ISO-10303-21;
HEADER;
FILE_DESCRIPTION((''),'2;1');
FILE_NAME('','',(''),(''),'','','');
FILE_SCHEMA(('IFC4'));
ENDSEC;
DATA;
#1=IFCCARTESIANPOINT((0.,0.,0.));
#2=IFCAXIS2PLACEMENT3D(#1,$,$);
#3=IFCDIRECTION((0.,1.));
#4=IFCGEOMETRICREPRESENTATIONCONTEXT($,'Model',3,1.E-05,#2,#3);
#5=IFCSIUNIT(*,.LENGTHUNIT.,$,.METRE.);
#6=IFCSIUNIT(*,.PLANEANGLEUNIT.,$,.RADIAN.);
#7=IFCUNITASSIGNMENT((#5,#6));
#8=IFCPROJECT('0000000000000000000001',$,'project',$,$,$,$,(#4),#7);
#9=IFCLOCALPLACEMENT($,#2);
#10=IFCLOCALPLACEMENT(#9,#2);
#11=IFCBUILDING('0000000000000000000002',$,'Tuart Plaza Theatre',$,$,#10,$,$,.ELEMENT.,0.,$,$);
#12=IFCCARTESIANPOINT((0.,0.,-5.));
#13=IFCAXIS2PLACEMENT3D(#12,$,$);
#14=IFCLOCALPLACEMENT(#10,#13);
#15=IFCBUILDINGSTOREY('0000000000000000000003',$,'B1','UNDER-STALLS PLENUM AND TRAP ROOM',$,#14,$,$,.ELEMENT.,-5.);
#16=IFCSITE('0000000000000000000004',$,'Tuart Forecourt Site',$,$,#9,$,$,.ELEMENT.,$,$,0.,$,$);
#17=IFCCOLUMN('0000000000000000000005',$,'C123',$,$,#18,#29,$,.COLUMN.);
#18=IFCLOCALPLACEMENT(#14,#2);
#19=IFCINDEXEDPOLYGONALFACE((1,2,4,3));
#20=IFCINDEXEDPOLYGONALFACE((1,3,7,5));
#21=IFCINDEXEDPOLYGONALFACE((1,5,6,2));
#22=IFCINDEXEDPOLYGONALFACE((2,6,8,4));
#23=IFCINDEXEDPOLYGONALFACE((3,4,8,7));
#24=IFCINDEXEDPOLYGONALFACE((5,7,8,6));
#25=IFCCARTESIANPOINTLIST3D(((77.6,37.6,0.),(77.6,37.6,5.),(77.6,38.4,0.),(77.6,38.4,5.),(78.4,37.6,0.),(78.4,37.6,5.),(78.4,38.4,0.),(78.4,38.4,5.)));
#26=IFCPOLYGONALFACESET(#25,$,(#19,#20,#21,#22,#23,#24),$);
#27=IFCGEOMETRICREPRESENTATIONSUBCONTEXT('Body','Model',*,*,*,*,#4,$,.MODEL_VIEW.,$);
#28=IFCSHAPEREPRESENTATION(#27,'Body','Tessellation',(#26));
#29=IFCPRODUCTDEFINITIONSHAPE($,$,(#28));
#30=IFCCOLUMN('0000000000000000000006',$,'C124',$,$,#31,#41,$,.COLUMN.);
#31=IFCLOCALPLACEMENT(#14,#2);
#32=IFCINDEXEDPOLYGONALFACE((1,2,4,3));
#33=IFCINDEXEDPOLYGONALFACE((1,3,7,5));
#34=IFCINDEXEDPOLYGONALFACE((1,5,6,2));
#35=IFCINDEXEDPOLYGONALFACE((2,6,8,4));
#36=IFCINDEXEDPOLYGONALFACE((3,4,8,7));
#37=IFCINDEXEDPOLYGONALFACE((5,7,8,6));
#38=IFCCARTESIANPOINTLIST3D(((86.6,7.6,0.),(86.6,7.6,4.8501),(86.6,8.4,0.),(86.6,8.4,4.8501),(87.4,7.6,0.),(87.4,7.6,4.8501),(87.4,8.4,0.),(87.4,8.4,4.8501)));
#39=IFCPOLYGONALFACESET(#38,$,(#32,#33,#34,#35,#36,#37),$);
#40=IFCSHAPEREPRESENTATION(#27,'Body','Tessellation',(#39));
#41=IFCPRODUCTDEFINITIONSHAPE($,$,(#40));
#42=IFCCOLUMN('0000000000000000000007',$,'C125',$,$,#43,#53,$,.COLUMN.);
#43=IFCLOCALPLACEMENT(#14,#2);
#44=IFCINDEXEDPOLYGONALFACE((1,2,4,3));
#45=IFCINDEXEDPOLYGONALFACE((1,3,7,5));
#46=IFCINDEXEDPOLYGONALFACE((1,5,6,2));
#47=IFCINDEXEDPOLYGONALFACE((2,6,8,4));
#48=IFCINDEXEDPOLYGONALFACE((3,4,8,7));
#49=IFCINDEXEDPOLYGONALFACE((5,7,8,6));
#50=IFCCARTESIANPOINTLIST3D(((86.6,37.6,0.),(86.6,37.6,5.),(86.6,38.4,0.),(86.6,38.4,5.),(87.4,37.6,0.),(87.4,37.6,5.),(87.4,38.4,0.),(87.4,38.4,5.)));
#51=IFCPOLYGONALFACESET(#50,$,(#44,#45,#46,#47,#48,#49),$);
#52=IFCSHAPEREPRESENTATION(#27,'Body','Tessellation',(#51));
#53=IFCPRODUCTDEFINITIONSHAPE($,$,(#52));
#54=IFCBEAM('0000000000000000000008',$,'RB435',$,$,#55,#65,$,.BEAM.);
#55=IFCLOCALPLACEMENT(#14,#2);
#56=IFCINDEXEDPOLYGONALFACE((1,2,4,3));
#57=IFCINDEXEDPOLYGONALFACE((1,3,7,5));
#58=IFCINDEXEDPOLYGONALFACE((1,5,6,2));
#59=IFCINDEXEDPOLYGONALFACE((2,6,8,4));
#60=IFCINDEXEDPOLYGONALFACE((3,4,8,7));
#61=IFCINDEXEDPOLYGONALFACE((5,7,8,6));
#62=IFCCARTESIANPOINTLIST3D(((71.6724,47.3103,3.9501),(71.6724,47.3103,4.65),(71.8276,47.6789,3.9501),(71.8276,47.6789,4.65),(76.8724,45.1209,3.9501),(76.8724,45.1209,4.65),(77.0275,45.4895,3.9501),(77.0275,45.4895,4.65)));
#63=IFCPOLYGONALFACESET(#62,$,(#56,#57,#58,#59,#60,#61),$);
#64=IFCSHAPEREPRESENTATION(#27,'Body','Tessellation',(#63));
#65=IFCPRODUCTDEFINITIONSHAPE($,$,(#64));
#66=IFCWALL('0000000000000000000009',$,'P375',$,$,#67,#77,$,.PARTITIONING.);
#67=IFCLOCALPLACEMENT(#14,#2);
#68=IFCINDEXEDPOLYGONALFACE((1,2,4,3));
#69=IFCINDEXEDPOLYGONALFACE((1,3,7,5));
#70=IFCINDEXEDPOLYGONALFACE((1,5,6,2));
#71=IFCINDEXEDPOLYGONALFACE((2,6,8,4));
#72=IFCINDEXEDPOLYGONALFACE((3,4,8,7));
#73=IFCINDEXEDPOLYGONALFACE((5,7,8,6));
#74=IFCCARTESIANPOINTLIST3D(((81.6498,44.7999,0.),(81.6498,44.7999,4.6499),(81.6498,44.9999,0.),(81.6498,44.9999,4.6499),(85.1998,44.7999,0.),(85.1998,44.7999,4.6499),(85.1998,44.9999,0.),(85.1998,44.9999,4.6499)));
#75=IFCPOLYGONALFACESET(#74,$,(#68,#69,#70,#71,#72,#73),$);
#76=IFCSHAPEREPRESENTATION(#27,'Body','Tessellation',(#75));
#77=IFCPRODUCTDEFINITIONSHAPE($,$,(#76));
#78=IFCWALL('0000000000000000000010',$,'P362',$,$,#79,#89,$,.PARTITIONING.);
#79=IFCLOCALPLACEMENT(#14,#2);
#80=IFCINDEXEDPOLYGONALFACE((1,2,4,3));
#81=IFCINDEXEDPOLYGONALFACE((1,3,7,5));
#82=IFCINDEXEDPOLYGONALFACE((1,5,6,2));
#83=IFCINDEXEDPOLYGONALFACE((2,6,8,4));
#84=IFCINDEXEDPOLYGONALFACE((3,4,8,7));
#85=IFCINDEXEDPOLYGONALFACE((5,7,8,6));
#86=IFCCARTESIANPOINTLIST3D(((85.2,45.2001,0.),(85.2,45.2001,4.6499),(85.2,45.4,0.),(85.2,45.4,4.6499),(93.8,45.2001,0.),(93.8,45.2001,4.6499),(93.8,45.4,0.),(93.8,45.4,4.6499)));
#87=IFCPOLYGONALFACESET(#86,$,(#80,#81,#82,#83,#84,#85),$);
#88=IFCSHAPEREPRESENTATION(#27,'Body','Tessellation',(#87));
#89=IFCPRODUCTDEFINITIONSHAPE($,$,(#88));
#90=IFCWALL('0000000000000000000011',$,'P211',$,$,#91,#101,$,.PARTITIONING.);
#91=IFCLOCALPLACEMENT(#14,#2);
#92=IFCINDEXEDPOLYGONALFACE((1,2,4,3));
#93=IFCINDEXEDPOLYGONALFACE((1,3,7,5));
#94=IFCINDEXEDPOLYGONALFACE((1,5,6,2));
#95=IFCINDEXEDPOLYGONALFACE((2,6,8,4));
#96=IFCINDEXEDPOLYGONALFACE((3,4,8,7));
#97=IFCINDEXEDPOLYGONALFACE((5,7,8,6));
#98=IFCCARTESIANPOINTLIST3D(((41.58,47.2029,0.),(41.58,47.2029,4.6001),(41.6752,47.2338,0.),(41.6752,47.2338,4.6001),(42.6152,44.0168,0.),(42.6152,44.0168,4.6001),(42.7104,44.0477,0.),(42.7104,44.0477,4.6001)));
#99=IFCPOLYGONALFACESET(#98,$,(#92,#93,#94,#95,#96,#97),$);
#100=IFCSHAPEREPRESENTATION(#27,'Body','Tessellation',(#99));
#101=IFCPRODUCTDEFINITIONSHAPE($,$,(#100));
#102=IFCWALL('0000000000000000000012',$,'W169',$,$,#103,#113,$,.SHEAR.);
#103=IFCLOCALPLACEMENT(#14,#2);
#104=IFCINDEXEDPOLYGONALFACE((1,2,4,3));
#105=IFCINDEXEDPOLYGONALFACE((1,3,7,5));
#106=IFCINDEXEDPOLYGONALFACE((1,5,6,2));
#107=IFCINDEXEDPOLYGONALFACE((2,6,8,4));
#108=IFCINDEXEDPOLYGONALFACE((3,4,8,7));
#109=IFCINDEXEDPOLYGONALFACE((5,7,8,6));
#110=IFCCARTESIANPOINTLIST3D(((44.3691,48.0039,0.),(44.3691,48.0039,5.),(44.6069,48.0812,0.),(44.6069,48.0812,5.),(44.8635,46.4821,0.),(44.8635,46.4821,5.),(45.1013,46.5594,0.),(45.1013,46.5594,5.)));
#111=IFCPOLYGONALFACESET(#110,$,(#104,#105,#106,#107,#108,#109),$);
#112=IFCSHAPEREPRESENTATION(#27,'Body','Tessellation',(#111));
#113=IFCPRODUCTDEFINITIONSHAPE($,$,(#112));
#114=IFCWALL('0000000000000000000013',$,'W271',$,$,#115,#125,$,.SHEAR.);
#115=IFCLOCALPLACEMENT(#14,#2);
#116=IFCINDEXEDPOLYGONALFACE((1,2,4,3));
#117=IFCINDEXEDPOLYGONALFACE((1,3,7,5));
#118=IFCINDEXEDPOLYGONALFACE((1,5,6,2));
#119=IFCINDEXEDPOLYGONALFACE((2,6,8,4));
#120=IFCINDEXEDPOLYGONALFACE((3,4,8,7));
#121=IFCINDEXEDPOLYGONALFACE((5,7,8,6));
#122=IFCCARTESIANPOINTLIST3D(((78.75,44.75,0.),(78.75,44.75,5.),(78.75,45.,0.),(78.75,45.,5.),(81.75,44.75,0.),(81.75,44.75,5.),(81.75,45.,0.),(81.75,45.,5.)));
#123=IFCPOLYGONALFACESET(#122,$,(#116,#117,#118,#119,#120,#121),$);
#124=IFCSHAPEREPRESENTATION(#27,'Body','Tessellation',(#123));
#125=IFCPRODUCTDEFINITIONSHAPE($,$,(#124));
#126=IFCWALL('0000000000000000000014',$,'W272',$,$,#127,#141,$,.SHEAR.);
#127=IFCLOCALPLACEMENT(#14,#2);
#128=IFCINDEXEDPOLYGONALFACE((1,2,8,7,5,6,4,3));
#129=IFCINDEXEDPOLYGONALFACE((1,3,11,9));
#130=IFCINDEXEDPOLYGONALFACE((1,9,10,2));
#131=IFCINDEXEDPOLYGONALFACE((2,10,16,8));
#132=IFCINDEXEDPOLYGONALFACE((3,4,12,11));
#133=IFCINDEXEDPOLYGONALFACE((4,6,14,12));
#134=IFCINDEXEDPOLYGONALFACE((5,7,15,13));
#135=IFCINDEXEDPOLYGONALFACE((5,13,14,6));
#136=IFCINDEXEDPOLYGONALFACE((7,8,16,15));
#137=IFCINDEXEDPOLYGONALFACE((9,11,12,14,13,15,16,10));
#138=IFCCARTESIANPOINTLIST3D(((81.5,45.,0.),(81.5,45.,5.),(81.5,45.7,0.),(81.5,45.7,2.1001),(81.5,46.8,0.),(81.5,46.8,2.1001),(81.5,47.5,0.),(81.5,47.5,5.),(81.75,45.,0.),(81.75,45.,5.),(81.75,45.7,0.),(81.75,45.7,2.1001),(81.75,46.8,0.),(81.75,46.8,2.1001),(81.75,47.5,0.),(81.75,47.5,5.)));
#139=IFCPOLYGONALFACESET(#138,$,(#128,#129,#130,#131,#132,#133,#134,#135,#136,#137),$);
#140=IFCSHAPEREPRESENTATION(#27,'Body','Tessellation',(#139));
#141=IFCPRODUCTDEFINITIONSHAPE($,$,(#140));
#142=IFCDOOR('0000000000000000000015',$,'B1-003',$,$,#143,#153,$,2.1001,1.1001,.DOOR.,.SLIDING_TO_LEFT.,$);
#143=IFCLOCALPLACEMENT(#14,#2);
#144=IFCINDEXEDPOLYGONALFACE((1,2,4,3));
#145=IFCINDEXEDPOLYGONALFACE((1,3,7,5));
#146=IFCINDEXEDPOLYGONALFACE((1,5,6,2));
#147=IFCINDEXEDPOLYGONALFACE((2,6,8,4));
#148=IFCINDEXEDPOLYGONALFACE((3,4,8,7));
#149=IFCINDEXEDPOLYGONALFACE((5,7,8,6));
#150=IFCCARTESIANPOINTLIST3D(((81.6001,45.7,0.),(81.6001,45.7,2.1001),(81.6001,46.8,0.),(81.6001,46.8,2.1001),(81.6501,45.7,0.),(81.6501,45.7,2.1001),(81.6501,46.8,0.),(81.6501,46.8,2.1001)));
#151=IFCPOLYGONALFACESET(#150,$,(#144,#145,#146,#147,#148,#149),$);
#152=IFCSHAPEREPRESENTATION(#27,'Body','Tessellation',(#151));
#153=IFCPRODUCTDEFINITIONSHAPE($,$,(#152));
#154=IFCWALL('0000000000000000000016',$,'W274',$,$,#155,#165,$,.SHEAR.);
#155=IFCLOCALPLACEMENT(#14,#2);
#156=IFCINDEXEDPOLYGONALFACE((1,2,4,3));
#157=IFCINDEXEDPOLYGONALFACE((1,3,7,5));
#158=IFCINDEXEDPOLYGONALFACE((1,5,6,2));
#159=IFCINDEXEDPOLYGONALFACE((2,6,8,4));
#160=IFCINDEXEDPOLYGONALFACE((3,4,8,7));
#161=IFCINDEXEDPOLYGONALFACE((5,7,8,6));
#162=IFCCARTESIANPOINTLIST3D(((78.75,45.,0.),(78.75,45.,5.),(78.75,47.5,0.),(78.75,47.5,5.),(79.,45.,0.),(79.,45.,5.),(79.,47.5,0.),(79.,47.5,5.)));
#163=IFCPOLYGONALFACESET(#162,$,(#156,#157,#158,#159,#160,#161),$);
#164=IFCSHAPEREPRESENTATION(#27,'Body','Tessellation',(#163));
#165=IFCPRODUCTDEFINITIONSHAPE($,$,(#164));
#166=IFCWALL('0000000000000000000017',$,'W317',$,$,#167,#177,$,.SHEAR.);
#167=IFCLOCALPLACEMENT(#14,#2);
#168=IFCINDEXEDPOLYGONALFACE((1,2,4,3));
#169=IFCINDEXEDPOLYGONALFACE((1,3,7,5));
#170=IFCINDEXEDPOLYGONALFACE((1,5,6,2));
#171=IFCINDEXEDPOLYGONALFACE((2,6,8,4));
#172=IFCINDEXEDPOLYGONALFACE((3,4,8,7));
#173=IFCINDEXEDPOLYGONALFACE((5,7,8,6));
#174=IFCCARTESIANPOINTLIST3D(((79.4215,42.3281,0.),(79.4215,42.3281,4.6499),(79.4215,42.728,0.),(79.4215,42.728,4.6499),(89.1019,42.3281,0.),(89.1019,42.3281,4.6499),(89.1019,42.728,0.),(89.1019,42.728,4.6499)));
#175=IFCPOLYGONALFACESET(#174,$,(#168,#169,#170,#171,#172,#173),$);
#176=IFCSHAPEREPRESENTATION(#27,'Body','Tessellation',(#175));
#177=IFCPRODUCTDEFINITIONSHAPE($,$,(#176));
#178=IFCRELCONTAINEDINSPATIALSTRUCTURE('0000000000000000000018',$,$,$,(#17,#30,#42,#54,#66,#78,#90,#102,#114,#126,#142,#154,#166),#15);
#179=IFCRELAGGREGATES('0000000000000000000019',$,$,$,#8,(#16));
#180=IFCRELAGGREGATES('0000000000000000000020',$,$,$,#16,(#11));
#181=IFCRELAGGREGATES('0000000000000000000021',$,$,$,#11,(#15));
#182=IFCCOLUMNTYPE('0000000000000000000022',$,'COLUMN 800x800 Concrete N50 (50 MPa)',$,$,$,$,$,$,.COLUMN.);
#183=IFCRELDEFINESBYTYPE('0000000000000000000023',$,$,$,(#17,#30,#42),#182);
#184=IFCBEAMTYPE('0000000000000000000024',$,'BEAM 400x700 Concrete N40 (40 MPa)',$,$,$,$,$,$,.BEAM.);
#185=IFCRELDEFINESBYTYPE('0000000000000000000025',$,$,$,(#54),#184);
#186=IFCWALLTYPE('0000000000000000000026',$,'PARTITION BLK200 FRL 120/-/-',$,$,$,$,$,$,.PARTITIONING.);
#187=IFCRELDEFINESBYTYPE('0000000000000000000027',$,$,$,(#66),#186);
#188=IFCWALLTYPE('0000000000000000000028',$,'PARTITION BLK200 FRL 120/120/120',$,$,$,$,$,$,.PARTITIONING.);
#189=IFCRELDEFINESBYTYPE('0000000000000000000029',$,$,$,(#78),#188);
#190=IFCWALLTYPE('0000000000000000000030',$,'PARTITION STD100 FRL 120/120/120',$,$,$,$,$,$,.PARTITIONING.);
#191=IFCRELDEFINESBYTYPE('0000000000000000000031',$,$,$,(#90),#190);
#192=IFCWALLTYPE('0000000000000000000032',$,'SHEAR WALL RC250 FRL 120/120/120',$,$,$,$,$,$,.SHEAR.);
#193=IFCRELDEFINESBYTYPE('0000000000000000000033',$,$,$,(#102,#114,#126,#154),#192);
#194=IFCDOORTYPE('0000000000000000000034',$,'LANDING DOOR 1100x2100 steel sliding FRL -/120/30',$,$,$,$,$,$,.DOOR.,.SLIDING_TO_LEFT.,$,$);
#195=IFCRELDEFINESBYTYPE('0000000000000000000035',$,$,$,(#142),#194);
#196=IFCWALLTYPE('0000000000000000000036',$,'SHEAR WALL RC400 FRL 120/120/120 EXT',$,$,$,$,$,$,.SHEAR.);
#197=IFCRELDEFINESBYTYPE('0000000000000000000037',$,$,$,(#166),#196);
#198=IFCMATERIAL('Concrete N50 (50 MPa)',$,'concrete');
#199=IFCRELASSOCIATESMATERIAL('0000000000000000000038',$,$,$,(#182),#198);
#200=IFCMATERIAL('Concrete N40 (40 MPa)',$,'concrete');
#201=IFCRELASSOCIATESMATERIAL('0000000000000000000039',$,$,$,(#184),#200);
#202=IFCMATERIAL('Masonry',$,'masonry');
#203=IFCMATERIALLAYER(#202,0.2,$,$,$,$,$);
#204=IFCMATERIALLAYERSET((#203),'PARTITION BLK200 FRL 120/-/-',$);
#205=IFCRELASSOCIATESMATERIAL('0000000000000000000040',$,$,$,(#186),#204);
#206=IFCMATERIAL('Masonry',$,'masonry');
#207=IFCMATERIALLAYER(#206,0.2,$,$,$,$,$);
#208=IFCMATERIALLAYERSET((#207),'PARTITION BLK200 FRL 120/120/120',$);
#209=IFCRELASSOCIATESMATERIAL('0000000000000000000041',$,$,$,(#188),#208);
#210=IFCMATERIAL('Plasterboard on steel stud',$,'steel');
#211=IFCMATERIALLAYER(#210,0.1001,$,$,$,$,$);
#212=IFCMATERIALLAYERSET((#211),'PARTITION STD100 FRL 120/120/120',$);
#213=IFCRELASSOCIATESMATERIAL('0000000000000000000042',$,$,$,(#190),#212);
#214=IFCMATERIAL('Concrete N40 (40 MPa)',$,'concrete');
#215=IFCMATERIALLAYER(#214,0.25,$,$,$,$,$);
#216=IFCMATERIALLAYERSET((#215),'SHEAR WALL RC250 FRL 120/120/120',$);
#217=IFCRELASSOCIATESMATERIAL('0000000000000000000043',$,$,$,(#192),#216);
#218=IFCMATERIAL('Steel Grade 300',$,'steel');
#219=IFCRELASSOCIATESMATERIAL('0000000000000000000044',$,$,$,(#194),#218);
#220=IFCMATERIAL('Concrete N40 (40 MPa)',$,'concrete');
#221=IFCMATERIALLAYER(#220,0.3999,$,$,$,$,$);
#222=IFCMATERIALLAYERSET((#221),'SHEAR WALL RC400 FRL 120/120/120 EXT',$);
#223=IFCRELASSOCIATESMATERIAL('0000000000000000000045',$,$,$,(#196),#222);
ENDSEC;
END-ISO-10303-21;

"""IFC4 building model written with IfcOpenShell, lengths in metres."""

from ifc_helpers import new_model, si_unit, direction, frame, frame_2d, origin, origin_2d, place, context, subcontext, project, spatial, rectangle, extrude, material, layer, layer_set, material_profile, profile_set, type_object, element, fill, save


model = new_model("IFC4")

# Units and contexts
model_context = context("Model", 3, precision=1e-05, world=origin(), true_north=direction((0.0, 1.0)))
body_context = subcontext(model_context, "Body", "Model", "MODEL_VIEW")
ifc_project = project(units=[si_unit("LENGTHUNIT", "METRE"), si_unit("PLANEANGLEUNIT", "RADIAN")], contexts=[model_context])

# Site, building, storey
site_placement = place(None, origin())
site = spatial("IfcSite", under=ifc_project, at=site_placement, Name="Tuart Forecourt Site", CompositionType="ELEMENT", RefElevation=0.0)
building_placement = place(site_placement, origin())
building = spatial("IfcBuilding", under=site, at=building_placement, Name="Tuart Plaza Theatre", CompositionType="ELEMENT", ElevationOfRefHeight=0.0)
storey_placement = place(building_placement, frame((0.0, 0.0, -5.0)))
storey = spatial("IfcBuildingStorey", under=building, at=storey_placement, Name="B1", Description="UNDER-STALLS PLENUM AND TRAP ROOM", CompositionType="ELEMENT", Elevation=-5.0)

# Columns
ifc_material_1 = material(Name="Concrete N50 (50 MPa)", Category="concrete")
ifc_material_profile_1 = material_profile(ifc_material_1, rectangle(XDim=0.8, YDim=0.8, at=origin_2d()), Name="COLUMN 800x800 Concrete N50 (50 MPa)")
ifc_profile_set_1 = profile_set([ifc_material_profile_1], Name="Concrete N50 (50 MPa)")
column_type_1 = type_object("IfcColumnType", Name="COLUMN 800x800 Concrete N50 (50 MPa)", PredefinedType="COLUMN", material=ifc_profile_set_1)
column_1_placement = place(storey_placement, frame((78.0, 38.0, 0.0), z_axis=(0.0, 0.0, 1.0), x_axis=(1.0, 0.0, 0.0)))
element("IfcColumn", 1, at=column_1_placement, inside=storey, type_object=column_type_1, Name="C123", PredefinedType="COLUMN", context=body_context, shape_type="SweptSolid", body=[
    extrude(rectangle(XDim=0.8, YDim=0.8, at=origin_2d()), origin(), (0.0, 0.0, 1.0), 5.0),
])
column_2_placement = place(storey_placement, frame((87.0, 8.0, 0.0), z_axis=(0.0, 0.0, 1.0), x_axis=(1.0, 0.0, 0.0)))
element("IfcColumn", 2, at=column_2_placement, inside=storey, type_object=column_type_1, Name="C124", PredefinedType="COLUMN", context=body_context, shape_type="SweptSolid", body=[
    extrude(rectangle(XDim=0.8, YDim=0.8, at=origin_2d()), origin(), (0.0, 0.0, 1.0), 4.8501),
])
column_3_placement = place(storey_placement, frame((87.0, 38.0, 0.0), z_axis=(0.0, 0.0, 1.0), x_axis=(1.0, 0.0, 0.0)))
element("IfcColumn", 3, at=column_3_placement, inside=storey, type_object=column_type_1, Name="C125", PredefinedType="COLUMN", context=body_context, shape_type="SweptSolid", body=[
    extrude(rectangle(XDim=0.8, YDim=0.8, at=origin_2d()), origin(), (0.0, 0.0, 1.0), 5.0),
])

# Beam
ifc_material_2 = material(Name="Concrete N40 (40 MPa)", Category="concrete")
ifc_material_profile_2 = material_profile(ifc_material_2, rectangle(XDim=0.3999, YDim=0.7, at=origin_2d()), Name="BEAM 400x700 Concrete N40 (40 MPa)")
ifc_profile_set_2 = profile_set([ifc_material_profile_2], Name="Concrete N40 (40 MPa)")
beam_type = type_object("IfcBeamType", Name="BEAM 400x700 Concrete N40 (40 MPa)", PredefinedType="BEAM", material=ifc_profile_set_2)
beam_placement = place(storey_placement, frame((76.95, 45.3052, 4.3), z_axis=(-0.921635, 0.388057, 0.0), x_axis=(-0.388057, -0.921635, 0.0)))
element("IfcBeam", 4, at=beam_placement, inside=storey, type_object=beam_type, Name="RB435", PredefinedType="BEAM", context=body_context, shape_type="SweptSolid", body=[
    extrude(rectangle(XDim=0.3999, YDim=0.7, at=origin_2d()), origin(), (0.0, 0.0, 1.0), 5.6421),
])

# Walls
ifc_material_3 = material(Name="Masonry", Category="masonry")
ifc_layer_1 = layer(ifc_material_3, 0.2)
ifc_layer_set_1 = layer_set([ifc_layer_1], Name="PARTITION BLK200 FRL 120/-/-")
wall_type_1 = type_object("IfcWallType", Name="PARTITION BLK200 FRL 120/-/-", PredefinedType="PARTITIONING", material=ifc_layer_set_1)
wall_1_placement = place(storey_placement, frame((81.6499, 44.8999, 0.0), z_axis=(0.0, 0.0, 1.0), x_axis=(1.0, 0.0, 0.0)))
element("IfcWall", 5, at=wall_1_placement, inside=storey, type_object=wall_type_1, Name="P375", PredefinedType="PARTITIONING", context=body_context, shape_type="SweptSolid", body=[
    extrude(rectangle(XDim=3.55, YDim=0.2, at=frame_2d((1.7749, 0.0))), origin(), (0.0, 0.0, 1.0), 4.6499),
])
ifc_material_4 = material(Name="Masonry", Category="masonry")
ifc_layer_2 = layer(ifc_material_4, 0.2)
ifc_layer_set_2 = layer_set([ifc_layer_2], Name="PARTITION BLK200 FRL 120/120/120")
wall_type_2 = type_object("IfcWallType", Name="PARTITION BLK200 FRL 120/120/120", PredefinedType="PARTITIONING", material=ifc_layer_set_2)
wall_2_placement = place(storey_placement, frame((85.2, 45.3, 0.0), z_axis=(0.0, 0.0, 1.0), x_axis=(1.0, 0.0, 0.0)))
element("IfcWall", 6, at=wall_2_placement, inside=storey, type_object=wall_type_2, Name="P362", PredefinedType="PARTITIONING", context=body_context, shape_type="SweptSolid", body=[
    extrude(rectangle(XDim=8.6001, YDim=0.2, at=frame_2d((4.3, 0.0))), origin(), (0.0, 0.0, 1.0), 4.6499),
])
ifc_material_5 = material(Name="Plasterboard on steel stud", Category="steel")
ifc_layer_3 = layer(ifc_material_5, 0.1001)
ifc_layer_set_3 = layer_set([ifc_layer_3], Name="PARTITION STD100 FRL 120/120/120")
wall_type_3 = type_object("IfcWallType", Name="PARTITION STD100 FRL 120/120/120", PredefinedType="PARTITIONING", material=ifc_layer_set_3)
wall_3_placement = place(storey_placement, frame((42.6628, 44.0322, 0.0), z_axis=(0.0, 0.0, 1.0), x_axis=(-0.309004, 0.951061, 0.0)))
element("IfcWall", 7, at=wall_3_placement, inside=storey, type_object=wall_type_3, Name="P211", PredefinedType="PARTITIONING", context=body_context, shape_type="SweptSolid", body=[
    extrude(rectangle(XDim=3.3501, YDim=0.1001, at=frame_2d((1.675, 0.0))), origin(), (0.0, 0.0, 1.0), 4.6001),
])
ifc_material_6 = material(Name="Concrete N40 (40 MPa)", Category="concrete")
ifc_layer_4 = layer(ifc_material_6, 0.25)
ifc_layer_set_4 = layer_set([ifc_layer_4], Name="SHEAR WALL RC250 FRL 120/120/120")
wall_type_4 = type_object("IfcWallType", Name="SHEAR WALL RC250 FRL 120/120/120", PredefinedType="SHEAR", material=ifc_layer_set_4)
wall_4_placement = place(storey_placement, frame((44.9824, 46.5208, 0.0), z_axis=(0.0, 0.0, 1.0), x_axis=(-0.308986, 0.951067, 0.0)))
element("IfcWall", 8, at=wall_4_placement, inside=storey, type_object=wall_type_4, Name="W169", PredefinedType="SHEAR", context=body_context, shape_type="SweptSolid", body=[
    extrude(rectangle(XDim=1.6001, YDim=0.25, at=frame_2d((0.8, 0.0))), origin(), (0.0, 0.0, 1.0), 5.0),
])
wall_5_placement = place(storey_placement, frame((78.75, 44.875, 0.0), z_axis=(0.0, 0.0, 1.0), x_axis=(1.0, 0.0, 0.0)))
element("IfcWall", 9, at=wall_5_placement, inside=storey, type_object=wall_type_4, Name="W271", PredefinedType="SHEAR", context=body_context, shape_type="SweptSolid", body=[
    extrude(rectangle(XDim=3.0, YDim=0.25, at=frame_2d((1.5, 0.0))), origin(), (0.0, 0.0, 1.0), 5.0),
])

# Wall, opening, door
wall_6_placement = place(storey_placement, frame((81.625, 45.0, 0.0), z_axis=(0.0, 0.0, 1.0), x_axis=(0.0, 1.0, 0.0)))
wall_6 = element("IfcWall", 10, at=wall_6_placement, inside=storey, type_object=wall_type_4, Name="W272", PredefinedType="SHEAR", context=body_context, shape_type="SweptSolid", body=[
    extrude(rectangle(XDim=2.5, YDim=0.25, at=frame_2d((1.25, 0.0))), origin(), (0.0, 0.0, 1.0), 5.0),
])
opening_1_placement = place(wall_6_placement, frame((0.7, 0.0, 0.0)))
opening_1 = element("IfcOpeningElement", 11, at=opening_1_placement, cuts=wall_6, PredefinedType="OPENING", context=body_context, shape_type="SweptSolid", body=[
    extrude(rectangle(XDim=1.1001, YDim=2.1001, at=frame_2d((0.55, 1.05))), frame((0.0, 0.135, 0.0), z_axis=(0.0, -1.0, 0.0), x_axis=(1.0, 0.0, 0.0)), (0.0, 0.0, 1.0), 0.27),
])
ifc_material_7 = material(Name="Steel Grade 300", Category="steel")
door_type_1 = type_object("IfcDoorType", Name="LANDING DOOR 1100x2100 steel sliding FRL -/120/30", OperationType="SLIDING_TO_LEFT", PredefinedType="DOOR", material=ifc_material_7)
door_1_placement = place(opening_1_placement, origin())
door_1 = element("IfcDoor", 12, at=door_1_placement, inside=storey, type_object=door_type_1, Name="B1-003", OperationType="SLIDING_TO_LEFT", OverallHeight=2.1001, OverallWidth=1.1001, PredefinedType="DOOR", context=body_context, shape_type="SweptSolid", body=[
    extrude(rectangle(XDim=1.1001, YDim=2.1001, at=frame_2d((0.55, 1.05))), frame((0.0, 0.0249, 0.0), z_axis=(0.0, -1.0, 0.0), x_axis=(1.0, 0.0, 0.0)), (0.0, 0.0, 1.0), 0.05),
])
fill(opening_1, door_1)

# Walls
wall_7_placement = place(storey_placement, frame((78.875, 47.5, 0.0), z_axis=(0.0, 0.0, 1.0), x_axis=(0.0, -1.0, 0.0)))
element("IfcWall", 13, at=wall_7_placement, inside=storey, type_object=wall_type_4, Name="W274", PredefinedType="SHEAR", context=body_context, shape_type="SweptSolid", body=[
    extrude(rectangle(XDim=2.5, YDim=0.25, at=frame_2d((1.25, 0.0))), origin(), (0.0, 0.0, 1.0), 5.0),
])
ifc_material_8 = material(Name="Concrete N40 (40 MPa)", Category="concrete")
ifc_layer_5 = layer(ifc_material_8, 0.3999)
ifc_layer_set_5 = layer_set([ifc_layer_5], Name="SHEAR WALL RC400 FRL 120/120/120 EXT")
wall_type_5 = type_object("IfcWallType", Name="SHEAR WALL RC400 FRL 120/120/120 EXT", PredefinedType="SHEAR", material=ifc_layer_set_5)
wall_8_placement = place(storey_placement, frame((89.1021, 42.5281, 0.0), z_axis=(0.0, 0.0, 1.0), x_axis=(-1.0, 0.0, 0.0)))
element("IfcWall", 14, at=wall_8_placement, inside=storey, type_object=wall_type_5, Name="W317", PredefinedType="SHEAR", context=body_context, shape_type="SweptSolid", body=[
    extrude(rectangle(XDim=9.6804, YDim=0.3999, at=frame_2d((4.8403, 0.0))), origin(), (0.0, 0.0, 1.0), 4.6499),
])

save(model, "model.ifc")
